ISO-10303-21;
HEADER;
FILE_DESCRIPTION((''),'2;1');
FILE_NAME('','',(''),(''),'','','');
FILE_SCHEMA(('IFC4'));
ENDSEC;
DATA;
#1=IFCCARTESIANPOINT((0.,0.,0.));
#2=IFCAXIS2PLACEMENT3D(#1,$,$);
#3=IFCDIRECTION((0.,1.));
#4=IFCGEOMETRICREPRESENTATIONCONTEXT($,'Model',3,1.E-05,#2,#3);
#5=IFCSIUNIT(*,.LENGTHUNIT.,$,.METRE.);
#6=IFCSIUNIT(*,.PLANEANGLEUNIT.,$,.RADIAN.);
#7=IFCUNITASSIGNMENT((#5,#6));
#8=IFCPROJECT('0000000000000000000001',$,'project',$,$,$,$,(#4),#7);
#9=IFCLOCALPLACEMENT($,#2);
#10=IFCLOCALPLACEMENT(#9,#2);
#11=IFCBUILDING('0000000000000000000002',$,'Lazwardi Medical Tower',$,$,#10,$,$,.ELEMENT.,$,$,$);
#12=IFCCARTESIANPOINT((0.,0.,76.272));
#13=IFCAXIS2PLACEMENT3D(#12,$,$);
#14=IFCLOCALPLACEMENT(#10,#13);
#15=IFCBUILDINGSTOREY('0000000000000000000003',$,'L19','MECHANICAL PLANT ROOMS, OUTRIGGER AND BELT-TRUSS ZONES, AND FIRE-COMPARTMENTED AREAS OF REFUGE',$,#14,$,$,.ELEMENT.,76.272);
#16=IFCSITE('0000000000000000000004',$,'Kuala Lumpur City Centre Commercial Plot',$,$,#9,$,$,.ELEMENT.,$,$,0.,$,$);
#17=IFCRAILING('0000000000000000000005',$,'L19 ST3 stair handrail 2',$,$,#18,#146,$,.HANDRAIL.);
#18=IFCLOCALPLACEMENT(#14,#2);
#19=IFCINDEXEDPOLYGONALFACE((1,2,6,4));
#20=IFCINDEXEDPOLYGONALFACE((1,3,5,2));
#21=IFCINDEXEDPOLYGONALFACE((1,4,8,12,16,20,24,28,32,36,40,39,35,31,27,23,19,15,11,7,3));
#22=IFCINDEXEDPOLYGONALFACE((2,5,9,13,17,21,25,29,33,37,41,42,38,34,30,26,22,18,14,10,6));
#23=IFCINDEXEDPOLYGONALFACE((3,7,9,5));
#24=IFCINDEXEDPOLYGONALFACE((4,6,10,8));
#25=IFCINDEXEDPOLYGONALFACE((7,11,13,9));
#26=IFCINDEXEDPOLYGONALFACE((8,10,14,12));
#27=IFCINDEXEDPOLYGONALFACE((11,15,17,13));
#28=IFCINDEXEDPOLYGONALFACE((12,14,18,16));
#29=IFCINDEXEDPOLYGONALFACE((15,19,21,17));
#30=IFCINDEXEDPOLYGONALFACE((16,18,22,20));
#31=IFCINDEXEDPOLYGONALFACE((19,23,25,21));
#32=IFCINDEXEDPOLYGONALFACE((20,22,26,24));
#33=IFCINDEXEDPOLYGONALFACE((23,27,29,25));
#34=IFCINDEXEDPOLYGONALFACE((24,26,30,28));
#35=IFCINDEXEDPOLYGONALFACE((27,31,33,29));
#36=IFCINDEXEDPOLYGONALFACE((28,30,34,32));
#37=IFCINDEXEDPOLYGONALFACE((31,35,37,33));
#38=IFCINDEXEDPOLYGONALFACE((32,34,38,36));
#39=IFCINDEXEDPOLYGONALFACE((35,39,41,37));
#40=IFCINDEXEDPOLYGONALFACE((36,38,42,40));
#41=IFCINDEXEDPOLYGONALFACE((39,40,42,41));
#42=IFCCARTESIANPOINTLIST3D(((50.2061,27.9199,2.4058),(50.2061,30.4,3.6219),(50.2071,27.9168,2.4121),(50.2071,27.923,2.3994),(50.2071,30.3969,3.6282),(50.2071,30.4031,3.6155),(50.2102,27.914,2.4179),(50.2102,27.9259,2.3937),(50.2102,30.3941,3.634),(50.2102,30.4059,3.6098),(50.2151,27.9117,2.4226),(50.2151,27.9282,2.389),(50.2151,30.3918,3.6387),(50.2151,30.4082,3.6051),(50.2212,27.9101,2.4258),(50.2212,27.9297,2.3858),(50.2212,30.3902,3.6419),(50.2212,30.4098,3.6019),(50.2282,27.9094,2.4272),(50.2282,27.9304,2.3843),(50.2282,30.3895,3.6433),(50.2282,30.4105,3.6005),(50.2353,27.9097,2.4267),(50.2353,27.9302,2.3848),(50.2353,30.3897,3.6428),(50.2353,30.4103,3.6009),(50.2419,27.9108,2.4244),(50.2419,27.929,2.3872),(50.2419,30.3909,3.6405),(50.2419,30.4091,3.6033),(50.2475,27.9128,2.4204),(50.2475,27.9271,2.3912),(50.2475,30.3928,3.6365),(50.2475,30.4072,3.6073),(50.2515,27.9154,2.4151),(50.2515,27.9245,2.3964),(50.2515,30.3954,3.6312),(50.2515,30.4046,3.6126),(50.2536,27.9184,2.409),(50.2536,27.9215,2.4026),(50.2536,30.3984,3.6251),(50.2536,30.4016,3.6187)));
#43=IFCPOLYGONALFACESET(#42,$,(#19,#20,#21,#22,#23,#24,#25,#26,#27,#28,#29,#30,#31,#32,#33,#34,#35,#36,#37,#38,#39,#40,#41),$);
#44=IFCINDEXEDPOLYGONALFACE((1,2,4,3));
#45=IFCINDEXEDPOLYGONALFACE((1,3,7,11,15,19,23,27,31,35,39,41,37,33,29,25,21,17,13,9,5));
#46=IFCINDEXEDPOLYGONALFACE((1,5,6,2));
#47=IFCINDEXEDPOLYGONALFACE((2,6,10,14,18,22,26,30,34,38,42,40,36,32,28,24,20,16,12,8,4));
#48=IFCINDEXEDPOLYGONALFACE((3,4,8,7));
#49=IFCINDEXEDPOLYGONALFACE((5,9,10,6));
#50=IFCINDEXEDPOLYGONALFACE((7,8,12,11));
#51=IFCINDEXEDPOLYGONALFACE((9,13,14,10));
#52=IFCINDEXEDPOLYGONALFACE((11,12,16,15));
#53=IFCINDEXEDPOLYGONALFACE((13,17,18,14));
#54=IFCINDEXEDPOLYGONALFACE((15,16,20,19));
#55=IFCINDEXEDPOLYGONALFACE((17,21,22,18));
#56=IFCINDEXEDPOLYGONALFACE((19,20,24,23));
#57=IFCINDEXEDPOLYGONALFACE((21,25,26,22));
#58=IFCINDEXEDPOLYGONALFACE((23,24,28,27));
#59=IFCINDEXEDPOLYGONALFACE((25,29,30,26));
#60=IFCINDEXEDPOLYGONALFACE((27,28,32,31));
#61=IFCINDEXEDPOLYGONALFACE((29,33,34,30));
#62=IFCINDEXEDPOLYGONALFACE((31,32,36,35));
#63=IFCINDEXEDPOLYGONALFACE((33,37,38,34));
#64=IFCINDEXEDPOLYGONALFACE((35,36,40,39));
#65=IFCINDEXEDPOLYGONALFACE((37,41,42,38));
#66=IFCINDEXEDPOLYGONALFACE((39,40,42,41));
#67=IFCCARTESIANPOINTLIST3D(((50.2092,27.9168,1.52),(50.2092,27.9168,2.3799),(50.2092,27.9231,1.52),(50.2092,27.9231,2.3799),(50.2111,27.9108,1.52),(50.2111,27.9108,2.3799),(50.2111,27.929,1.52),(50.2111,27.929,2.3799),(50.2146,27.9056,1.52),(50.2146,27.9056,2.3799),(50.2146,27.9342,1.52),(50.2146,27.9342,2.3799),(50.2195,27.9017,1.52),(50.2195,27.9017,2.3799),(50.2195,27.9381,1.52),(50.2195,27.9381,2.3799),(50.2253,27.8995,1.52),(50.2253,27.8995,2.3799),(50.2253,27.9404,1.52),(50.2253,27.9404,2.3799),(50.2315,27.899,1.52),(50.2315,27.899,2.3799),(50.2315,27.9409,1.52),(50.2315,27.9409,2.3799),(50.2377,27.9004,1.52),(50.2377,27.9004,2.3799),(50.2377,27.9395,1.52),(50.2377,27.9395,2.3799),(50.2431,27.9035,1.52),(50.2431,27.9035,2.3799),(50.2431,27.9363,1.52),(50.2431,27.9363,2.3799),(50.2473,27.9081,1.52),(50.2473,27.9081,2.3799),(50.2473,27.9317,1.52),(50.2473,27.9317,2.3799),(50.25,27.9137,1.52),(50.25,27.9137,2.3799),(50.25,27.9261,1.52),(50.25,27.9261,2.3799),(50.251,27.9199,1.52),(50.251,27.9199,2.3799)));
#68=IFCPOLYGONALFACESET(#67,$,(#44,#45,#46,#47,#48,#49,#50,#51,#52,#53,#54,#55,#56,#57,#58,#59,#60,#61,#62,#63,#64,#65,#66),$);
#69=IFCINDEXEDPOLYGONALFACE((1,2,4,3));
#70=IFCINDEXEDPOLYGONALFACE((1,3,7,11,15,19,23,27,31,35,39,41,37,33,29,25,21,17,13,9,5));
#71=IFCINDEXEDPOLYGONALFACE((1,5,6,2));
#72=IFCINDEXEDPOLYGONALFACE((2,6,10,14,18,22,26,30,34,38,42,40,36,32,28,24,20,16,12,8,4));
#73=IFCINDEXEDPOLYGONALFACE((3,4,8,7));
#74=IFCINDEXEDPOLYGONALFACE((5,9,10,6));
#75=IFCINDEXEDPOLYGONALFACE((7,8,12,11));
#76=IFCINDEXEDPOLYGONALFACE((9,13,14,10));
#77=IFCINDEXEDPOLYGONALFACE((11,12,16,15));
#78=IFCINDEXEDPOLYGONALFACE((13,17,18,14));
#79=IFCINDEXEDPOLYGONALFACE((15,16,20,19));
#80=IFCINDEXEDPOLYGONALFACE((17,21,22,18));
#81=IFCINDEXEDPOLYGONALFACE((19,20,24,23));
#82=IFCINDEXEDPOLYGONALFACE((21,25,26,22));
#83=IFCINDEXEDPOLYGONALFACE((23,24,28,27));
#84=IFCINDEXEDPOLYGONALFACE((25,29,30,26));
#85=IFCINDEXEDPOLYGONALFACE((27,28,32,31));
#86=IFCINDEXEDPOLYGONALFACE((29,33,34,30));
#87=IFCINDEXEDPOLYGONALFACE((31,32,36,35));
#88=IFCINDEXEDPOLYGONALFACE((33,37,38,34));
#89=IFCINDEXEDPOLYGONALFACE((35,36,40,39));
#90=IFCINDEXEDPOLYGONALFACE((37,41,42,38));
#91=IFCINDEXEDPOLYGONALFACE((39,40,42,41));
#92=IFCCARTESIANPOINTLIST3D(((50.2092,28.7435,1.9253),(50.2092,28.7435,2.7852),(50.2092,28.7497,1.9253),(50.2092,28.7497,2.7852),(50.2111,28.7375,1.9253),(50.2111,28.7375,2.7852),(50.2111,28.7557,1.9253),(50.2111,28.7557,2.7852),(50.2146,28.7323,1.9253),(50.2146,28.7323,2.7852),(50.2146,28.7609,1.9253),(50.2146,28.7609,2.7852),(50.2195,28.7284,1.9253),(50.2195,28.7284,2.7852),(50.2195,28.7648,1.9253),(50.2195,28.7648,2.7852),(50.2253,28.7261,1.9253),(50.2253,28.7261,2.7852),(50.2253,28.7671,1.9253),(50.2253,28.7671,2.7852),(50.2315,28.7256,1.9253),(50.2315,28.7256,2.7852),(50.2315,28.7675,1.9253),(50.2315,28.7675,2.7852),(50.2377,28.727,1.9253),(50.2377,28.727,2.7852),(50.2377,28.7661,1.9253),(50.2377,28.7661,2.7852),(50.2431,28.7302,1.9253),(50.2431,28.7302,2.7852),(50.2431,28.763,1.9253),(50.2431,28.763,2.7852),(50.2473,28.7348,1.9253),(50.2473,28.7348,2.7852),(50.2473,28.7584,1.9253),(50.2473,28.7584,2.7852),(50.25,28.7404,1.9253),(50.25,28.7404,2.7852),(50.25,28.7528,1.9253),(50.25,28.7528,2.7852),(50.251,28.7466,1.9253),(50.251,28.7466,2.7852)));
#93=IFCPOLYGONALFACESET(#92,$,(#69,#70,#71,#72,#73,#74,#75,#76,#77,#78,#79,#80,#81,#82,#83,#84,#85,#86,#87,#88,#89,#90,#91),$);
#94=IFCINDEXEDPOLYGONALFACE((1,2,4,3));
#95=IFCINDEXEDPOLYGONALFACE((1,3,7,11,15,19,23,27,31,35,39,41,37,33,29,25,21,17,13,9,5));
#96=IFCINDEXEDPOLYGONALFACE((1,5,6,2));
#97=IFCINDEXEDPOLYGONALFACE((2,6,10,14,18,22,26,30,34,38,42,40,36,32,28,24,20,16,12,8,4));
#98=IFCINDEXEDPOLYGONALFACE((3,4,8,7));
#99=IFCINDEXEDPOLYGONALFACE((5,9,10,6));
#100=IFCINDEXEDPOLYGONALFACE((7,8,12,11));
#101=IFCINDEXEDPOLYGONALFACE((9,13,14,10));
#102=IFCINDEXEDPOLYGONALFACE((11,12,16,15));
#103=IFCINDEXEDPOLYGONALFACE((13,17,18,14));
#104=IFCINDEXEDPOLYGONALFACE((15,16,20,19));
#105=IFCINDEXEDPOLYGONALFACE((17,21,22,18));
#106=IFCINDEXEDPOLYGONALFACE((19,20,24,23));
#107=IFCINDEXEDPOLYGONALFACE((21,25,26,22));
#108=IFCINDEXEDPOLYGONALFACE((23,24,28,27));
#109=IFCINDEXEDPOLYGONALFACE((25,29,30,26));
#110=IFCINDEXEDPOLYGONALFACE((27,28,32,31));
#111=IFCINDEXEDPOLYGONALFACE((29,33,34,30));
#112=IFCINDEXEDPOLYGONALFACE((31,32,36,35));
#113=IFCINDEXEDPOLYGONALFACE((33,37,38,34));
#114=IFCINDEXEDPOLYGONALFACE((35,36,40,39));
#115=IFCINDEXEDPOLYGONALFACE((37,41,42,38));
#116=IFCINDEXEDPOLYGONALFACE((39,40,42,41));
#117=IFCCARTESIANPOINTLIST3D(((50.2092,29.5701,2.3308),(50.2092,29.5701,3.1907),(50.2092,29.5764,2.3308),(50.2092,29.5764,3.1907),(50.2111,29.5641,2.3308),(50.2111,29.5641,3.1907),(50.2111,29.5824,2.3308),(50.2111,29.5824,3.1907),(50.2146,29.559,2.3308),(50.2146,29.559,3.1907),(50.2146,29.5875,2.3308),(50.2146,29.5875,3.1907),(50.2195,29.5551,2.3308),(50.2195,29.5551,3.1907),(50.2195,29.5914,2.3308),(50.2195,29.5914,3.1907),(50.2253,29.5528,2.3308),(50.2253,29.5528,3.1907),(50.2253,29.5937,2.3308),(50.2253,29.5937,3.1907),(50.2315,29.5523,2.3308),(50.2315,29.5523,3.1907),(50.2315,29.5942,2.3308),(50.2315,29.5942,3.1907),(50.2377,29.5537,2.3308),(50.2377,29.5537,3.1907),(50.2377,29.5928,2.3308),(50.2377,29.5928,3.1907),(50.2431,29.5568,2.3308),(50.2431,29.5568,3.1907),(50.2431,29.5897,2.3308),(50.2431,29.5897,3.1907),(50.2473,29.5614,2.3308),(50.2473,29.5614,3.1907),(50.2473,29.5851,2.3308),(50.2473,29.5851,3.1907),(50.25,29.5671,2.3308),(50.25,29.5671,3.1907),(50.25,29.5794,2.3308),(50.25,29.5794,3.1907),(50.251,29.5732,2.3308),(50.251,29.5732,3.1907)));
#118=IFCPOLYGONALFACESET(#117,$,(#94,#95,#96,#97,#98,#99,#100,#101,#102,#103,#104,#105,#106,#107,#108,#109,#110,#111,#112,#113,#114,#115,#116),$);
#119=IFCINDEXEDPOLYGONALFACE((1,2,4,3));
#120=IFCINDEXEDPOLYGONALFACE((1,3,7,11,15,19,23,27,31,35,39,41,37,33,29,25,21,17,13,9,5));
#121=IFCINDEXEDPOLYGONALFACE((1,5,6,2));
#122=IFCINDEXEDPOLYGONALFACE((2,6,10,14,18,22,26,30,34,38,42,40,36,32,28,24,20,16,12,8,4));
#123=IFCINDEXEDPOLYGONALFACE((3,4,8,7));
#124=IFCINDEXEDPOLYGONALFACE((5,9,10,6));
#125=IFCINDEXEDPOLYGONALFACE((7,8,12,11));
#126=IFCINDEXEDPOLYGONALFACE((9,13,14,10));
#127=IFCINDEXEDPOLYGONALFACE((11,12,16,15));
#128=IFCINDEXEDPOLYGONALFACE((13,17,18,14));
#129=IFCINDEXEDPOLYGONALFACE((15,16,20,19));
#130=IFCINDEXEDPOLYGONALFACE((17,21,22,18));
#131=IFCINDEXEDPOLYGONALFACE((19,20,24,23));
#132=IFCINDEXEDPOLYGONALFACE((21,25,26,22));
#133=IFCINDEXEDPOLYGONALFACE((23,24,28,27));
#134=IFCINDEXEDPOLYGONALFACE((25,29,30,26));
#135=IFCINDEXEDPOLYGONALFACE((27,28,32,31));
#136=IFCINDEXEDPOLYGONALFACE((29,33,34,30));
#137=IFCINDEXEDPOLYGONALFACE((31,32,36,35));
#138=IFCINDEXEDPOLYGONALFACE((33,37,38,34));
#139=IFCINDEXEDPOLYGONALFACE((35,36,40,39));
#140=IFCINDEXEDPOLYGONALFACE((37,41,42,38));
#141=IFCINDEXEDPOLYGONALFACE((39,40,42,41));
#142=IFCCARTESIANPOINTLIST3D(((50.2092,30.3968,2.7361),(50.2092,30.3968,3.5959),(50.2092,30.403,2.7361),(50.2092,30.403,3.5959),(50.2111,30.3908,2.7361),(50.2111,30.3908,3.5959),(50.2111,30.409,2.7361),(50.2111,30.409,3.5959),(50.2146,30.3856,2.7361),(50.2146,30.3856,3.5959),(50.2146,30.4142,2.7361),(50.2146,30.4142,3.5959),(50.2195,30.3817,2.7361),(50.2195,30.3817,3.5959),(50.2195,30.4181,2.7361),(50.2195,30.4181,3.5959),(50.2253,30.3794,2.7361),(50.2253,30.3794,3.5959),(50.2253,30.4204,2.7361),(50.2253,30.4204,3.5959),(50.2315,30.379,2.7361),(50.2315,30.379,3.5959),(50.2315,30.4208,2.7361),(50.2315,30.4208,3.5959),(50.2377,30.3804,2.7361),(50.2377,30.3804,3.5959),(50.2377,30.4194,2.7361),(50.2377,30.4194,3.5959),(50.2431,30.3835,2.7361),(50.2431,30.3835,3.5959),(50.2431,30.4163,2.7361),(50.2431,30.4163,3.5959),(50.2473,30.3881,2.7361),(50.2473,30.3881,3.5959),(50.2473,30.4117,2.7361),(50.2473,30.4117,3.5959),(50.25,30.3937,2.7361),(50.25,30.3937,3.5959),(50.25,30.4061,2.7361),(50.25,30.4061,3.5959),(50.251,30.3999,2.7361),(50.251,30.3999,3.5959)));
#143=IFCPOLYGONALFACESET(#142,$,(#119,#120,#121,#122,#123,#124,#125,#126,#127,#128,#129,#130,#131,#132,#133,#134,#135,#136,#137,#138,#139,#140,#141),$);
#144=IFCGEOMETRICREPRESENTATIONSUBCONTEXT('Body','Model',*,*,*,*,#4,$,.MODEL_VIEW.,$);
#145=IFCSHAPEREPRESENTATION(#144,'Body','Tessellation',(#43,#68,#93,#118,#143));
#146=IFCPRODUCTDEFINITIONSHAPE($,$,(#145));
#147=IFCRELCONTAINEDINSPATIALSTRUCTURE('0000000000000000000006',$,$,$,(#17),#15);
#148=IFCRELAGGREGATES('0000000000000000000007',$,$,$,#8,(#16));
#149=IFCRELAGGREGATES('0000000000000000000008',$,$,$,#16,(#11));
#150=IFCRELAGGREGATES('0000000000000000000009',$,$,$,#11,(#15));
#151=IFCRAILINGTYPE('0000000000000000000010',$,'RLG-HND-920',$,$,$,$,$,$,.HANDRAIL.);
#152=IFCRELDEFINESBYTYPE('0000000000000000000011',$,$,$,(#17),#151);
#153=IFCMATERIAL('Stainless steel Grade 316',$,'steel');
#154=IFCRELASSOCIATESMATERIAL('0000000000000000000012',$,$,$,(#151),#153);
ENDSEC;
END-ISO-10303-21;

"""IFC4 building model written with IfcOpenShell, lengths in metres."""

from ifc_helpers import new_model, si_unit, direction, frame, origin, origin_2d, place, context, subcontext, project, spatial, circle, extrude, material, type_object, element, save


model = new_model("IFC4")

# Units and contexts
model_context = context("Model", 3, precision=1e-05, world=origin(), true_north=direction((0.0, 1.0)))
body_context = subcontext(model_context, "Body", "Model", "MODEL_VIEW")
ifc_project = project(units=[si_unit("LENGTHUNIT", "METRE"), si_unit("PLANEANGLEUNIT", "RADIAN")], contexts=[model_context])

# Site, building, storey
site_placement = place(None, origin())
site = spatial("IfcSite", under=ifc_project, at=site_placement, Name="Kuala Lumpur City Centre Commercial Plot", CompositionType="ELEMENT", RefElevation=0.0)
building_placement = place(site_placement, origin())
building = spatial("IfcBuilding", under=site, at=building_placement, Name="Lazwardi Medical Tower", CompositionType="ELEMENT")
storey_placement = place(building_placement, frame((0.0, 0.0, 76.272)))
storey = spatial("IfcBuildingStorey", under=building, at=storey_placement, Name="L19", Description="MECHANICAL PLANT ROOMS, OUTRIGGER AND BELT-TRUSS ZONES, AND FIRE-COMPARTMENTED AREAS OF REFUGE", CompositionType="ELEMENT", Elevation=76.272)

# Railing
ifc_material_1 = material(Name="Stainless steel Grade 316", Category="steel")
railing_type_1 = type_object("IfcRailingType", Name="RLG-HND-920", PredefinedType="HANDRAIL", material=ifc_material_1)
railing_1_placement = place(storey_placement, frame((50.23, 27.9199, 1.52)))
element("IfcRailing", 1, at=railing_1_placement, inside=storey, type_object=railing_type_1, Name="L19 ST3 stair handrail 2", PredefinedType="HANDRAIL", context=body_context, shape_type="SweptSolid", body=[
    extrude(circle(Radius=0.0239, at=origin_2d()), frame((0.0, 0.0, 0.8857), z_axis=(0.0, 0.897865, 0.44027), x_axis=(-1.0, 0.0, 0.0)), (0.0, 0.0, 1.0), 2.7622),
    extrude(circle(Radius=0.021, at=origin_2d()), origin(), (0.0, 0.0, 1.0), 0.8599),
    extrude(circle(Radius=0.021, at=origin_2d()), frame((0.0, 0.8267, 0.4053)), (0.0, 0.0, 1.0), 0.8599),
    extrude(circle(Radius=0.021, at=origin_2d()), frame((0.0, 1.6533, 0.8108)), (0.0, 0.0, 1.0), 0.8599),
    extrude(circle(Radius=0.021, at=origin_2d()), frame((0.0, 2.48, 1.2161)), (0.0, 0.0, 1.0), 0.8599),
])

save(model, "model.ifc")
